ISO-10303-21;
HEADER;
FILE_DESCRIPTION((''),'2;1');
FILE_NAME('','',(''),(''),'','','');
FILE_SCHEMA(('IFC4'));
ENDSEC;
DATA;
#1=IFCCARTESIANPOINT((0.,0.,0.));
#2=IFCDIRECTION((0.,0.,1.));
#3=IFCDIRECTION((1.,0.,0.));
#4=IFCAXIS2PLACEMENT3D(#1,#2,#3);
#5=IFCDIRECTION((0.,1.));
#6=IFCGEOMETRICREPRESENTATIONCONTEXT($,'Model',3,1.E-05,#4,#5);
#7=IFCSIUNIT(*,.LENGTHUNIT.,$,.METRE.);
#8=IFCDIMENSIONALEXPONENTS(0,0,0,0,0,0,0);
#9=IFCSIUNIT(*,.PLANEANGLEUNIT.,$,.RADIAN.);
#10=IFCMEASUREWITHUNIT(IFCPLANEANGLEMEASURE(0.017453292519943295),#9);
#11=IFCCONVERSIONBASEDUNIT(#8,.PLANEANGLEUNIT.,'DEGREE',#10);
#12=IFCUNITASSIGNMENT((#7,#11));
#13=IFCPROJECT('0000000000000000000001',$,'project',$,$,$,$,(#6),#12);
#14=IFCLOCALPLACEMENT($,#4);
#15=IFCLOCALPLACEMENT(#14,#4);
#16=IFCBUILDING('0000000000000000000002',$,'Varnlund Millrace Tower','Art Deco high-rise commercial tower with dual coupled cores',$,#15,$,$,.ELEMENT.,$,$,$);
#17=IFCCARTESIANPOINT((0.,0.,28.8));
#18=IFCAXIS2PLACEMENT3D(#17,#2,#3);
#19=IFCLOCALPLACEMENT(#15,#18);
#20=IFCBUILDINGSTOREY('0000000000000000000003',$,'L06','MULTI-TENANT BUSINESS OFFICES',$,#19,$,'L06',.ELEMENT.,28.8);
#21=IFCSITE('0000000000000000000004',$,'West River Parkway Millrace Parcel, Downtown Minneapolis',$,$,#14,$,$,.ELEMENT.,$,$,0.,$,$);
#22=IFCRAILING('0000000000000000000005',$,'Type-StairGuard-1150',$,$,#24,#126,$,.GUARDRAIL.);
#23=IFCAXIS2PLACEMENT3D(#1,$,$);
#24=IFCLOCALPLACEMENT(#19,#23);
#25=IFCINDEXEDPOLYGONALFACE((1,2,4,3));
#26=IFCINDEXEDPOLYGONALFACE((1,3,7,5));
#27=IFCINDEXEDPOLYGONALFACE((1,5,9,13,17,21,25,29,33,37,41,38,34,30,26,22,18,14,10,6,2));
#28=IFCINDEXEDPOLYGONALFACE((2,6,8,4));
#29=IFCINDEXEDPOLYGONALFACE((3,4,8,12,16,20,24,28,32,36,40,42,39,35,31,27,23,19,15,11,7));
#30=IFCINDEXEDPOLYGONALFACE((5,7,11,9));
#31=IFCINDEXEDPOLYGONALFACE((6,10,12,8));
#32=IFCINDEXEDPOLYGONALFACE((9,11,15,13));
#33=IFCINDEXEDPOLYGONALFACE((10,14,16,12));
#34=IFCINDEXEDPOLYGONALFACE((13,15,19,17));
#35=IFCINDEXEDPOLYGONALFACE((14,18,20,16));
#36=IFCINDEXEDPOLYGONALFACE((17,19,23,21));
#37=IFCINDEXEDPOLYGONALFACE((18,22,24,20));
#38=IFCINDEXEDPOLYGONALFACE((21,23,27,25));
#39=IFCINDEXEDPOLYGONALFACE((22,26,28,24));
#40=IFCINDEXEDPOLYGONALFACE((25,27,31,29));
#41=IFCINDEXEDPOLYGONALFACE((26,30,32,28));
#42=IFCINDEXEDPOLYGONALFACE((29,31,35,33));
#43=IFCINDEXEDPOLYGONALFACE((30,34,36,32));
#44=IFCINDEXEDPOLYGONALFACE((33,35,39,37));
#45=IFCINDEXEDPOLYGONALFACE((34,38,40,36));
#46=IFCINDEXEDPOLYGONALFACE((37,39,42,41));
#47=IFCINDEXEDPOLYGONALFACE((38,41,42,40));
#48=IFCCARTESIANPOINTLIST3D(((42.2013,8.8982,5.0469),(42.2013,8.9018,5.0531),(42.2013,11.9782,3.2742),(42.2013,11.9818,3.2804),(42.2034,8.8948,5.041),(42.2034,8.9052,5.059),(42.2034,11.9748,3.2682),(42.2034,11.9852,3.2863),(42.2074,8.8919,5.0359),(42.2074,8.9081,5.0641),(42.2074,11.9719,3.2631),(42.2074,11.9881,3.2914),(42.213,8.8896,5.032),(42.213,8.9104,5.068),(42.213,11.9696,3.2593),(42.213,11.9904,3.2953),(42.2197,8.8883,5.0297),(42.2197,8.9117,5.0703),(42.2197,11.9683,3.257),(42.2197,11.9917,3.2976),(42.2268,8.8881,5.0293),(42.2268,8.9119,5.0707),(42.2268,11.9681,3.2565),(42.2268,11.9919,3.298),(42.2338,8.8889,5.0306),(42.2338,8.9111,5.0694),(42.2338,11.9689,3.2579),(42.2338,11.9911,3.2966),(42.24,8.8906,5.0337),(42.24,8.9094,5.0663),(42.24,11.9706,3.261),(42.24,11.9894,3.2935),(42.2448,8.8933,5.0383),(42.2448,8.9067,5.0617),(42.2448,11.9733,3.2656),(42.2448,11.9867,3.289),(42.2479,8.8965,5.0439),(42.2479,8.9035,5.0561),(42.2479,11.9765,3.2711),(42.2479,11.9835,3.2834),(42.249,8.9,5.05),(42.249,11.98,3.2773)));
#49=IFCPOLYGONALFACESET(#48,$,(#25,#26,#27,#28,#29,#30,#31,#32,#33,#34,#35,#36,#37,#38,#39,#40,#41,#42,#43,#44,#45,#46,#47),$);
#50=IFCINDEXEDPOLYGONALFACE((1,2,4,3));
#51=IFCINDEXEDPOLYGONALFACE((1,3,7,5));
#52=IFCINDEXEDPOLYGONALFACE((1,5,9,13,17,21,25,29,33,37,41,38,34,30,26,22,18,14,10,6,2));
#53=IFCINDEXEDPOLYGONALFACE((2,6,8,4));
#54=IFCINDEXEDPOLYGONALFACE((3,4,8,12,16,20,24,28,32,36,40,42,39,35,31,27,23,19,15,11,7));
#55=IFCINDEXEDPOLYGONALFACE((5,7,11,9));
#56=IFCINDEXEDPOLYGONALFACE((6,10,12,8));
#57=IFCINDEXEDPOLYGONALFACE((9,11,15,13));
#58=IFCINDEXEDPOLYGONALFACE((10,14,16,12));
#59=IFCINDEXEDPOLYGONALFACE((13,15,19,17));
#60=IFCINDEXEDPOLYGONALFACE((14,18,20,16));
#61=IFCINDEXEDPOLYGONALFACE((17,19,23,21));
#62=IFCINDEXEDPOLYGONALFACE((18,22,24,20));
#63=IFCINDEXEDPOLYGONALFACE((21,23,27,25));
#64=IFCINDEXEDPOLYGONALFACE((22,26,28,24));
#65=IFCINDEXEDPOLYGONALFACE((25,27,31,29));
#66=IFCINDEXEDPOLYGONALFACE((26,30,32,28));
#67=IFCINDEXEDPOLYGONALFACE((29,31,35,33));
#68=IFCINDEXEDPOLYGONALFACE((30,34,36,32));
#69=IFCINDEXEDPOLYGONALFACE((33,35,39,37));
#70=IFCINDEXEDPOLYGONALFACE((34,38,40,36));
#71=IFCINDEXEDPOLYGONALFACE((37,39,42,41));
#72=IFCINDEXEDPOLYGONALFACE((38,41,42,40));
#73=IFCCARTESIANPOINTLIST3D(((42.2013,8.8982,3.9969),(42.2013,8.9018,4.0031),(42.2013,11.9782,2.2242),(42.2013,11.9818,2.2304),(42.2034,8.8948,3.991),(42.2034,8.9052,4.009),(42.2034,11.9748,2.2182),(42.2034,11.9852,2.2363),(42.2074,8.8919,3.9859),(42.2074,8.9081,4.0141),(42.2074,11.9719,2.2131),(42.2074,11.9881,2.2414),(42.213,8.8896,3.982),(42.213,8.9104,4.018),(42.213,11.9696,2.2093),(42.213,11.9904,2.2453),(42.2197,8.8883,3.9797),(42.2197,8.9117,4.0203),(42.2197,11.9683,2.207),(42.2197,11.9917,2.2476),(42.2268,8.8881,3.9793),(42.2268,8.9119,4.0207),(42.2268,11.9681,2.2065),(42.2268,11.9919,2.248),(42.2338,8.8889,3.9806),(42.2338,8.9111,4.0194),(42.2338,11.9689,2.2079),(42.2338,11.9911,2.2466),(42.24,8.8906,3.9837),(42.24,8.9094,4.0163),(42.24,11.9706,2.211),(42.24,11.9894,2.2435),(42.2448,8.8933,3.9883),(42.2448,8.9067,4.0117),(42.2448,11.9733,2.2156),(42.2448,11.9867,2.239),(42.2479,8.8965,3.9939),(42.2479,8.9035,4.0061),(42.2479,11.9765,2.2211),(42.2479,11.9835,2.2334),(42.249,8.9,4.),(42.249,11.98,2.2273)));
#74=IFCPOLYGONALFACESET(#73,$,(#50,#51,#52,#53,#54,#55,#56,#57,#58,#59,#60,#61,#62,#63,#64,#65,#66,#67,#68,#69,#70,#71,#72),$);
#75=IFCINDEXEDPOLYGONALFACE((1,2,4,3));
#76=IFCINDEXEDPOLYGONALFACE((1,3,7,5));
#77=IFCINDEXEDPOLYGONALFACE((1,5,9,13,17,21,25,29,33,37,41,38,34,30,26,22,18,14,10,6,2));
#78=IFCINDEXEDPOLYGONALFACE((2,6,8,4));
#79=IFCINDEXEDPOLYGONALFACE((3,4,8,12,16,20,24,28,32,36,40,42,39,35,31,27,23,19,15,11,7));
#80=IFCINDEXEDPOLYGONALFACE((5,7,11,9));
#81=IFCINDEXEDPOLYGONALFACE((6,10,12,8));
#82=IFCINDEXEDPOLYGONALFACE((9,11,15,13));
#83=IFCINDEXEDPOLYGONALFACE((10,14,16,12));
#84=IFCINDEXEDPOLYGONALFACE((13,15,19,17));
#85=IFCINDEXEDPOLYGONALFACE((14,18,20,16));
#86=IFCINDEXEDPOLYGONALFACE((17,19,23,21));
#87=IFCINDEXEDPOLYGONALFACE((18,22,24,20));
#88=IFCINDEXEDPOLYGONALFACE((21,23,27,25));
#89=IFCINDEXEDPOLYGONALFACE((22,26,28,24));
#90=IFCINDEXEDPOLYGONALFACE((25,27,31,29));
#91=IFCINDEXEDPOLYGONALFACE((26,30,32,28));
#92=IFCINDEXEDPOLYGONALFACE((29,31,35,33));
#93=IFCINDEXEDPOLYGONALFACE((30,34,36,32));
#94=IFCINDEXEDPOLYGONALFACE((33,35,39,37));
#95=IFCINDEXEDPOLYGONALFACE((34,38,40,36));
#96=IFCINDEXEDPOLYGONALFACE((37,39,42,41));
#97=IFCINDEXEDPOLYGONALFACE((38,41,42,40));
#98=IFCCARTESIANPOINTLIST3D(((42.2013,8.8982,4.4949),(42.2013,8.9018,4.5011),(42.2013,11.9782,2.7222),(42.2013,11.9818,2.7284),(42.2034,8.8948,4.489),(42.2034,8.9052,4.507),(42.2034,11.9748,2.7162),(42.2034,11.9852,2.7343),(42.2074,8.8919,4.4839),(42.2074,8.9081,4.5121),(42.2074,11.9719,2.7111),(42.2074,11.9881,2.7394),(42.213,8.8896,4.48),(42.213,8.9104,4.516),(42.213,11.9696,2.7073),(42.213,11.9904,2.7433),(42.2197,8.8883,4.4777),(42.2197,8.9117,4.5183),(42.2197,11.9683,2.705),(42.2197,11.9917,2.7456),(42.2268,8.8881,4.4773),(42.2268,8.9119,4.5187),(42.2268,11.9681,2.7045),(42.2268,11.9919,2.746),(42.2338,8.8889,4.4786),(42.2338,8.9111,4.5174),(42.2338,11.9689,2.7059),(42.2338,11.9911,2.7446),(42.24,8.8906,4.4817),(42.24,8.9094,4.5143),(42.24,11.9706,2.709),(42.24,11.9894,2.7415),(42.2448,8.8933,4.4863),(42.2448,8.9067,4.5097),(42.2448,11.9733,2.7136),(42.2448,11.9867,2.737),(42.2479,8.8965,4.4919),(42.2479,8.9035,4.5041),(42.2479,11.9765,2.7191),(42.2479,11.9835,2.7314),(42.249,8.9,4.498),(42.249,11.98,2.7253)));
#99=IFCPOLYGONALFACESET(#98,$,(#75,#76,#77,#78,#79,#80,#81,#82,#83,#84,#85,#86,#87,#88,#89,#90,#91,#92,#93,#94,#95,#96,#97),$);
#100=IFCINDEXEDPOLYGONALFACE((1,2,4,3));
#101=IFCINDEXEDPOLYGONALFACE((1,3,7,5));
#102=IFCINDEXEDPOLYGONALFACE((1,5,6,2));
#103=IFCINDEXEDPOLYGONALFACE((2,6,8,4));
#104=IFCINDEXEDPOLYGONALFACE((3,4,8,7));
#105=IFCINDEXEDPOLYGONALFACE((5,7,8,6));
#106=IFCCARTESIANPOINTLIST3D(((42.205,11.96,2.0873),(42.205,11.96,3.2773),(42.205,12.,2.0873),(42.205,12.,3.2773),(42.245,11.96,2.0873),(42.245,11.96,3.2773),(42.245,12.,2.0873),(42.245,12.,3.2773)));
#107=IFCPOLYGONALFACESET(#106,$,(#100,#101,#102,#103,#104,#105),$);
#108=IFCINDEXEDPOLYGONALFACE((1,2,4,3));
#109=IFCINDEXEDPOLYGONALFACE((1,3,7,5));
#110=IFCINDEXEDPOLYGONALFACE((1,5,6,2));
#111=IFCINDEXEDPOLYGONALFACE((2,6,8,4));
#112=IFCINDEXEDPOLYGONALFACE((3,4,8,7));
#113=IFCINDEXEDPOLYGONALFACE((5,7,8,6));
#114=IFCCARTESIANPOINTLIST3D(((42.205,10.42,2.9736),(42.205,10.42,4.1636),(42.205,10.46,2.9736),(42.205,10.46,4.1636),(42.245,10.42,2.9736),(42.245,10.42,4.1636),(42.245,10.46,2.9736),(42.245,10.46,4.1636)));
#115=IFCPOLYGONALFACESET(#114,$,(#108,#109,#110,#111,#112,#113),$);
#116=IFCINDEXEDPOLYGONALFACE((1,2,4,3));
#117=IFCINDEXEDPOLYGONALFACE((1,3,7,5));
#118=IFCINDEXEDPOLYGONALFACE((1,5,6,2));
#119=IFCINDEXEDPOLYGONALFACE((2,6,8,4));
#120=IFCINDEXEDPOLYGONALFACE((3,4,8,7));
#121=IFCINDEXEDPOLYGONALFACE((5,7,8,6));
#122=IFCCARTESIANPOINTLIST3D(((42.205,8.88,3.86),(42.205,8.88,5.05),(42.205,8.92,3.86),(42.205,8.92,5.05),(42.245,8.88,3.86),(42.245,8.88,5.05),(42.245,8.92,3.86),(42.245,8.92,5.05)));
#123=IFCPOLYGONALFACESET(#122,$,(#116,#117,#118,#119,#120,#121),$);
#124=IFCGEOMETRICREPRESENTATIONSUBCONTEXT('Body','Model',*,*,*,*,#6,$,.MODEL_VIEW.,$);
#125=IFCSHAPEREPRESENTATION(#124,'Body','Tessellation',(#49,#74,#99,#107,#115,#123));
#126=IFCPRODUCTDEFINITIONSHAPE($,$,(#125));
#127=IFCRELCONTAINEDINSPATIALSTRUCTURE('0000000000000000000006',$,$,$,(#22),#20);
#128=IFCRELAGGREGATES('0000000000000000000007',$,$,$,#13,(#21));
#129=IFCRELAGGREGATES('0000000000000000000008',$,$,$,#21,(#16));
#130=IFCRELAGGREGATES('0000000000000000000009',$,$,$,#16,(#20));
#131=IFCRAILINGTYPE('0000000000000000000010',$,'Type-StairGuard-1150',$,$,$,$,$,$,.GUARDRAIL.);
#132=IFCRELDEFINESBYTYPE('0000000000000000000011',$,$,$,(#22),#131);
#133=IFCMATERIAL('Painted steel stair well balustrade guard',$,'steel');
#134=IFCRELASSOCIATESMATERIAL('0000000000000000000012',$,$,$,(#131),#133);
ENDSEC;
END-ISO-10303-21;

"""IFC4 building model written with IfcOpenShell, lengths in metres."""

from ifc_helpers import new_model, entity, si_unit, converted_unit, direction, frame, origin_with_axes, origin_2d_with_axis, place, context, subcontext, project, spatial, rectangle, circle, extrude, material, type_object, element, save


model = new_model("IFC4")

# Units and contexts
model_context = context("Model", 3, precision=1e-05, world=origin_with_axes(), true_north=direction((0.0, 1.0)))
body_context = subcontext(model_context, "Body", "Model", "MODEL_VIEW")
ifc_project = project(units=[si_unit("LENGTHUNIT", "METRE"), converted_unit("PLANEANGLEUNIT", "DEGREE", entity("IfcPlaneAngleMeasure", 0.017453292519943295), si_unit("PLANEANGLEUNIT", "RADIAN"), dimensions=[0, 0, 0, 0, 0, 0, 0])], contexts=[model_context])

# Site, building, storey
site_placement = place(None, origin_with_axes())
site = spatial("IfcSite", under=ifc_project, at=site_placement, Name="West River Parkway Millrace Parcel, Downtown Minneapolis", CompositionType="ELEMENT", RefElevation=0.0)
building_placement = place(site_placement, origin_with_axes())
building = spatial("IfcBuilding", under=site, at=building_placement, Name="Varnlund Millrace Tower", Description="Art Deco high-rise commercial tower with dual coupled cores", CompositionType="ELEMENT")
storey_placement = place(building_placement, frame((0.0, 0.0, 28.8), z_axis=(0.0, 0.0, 1.0), x_axis=(1.0, 0.0, 0.0)))
storey = spatial("IfcBuildingStorey", under=building, at=storey_placement, Name="L06", Description="MULTI-TENANT BUSINESS OFFICES", LongName="L06", CompositionType="ELEMENT", Elevation=28.8)

# Railing
ifc_material_1 = material(Name="Painted steel stair well balustrade guard", Category="steel")
railing_type_1 = type_object("IfcRailingType", Name="Type-StairGuard-1150", PredefinedType="GUARDRAIL", material=ifc_material_1)
railing_1_placement = place(storey_placement, frame((0.0, 0.0, -28.8), z_axis=(0.0, 0.0, 1.0), x_axis=(1.0, 0.0, 0.0)))
element("IfcRailing", 1, at=railing_1_placement, inside=storey, type_object=railing_type_1, Name="Type-StairGuard-1150", PredefinedType="GUARDRAIL", context=body_context, shape_type="SweptSolid", body=[
    extrude(circle(Radius=0.024, at=origin_2d_with_axis()), frame((42.225, 11.98, 32.0773), z_axis=(0.0, -0.866696, 0.498836), x_axis=(1.0, 0.0, 0.0)), (0.0, 0.0, 1.0), 3.5537),
    extrude(circle(Radius=0.024, at=origin_2d_with_axis()), frame((42.225, 11.98, 31.0273), z_axis=(0.0, -0.866696, 0.498836), x_axis=(1.0, 0.0, 0.0)), (0.0, 0.0, 1.0), 3.5537),
    extrude(circle(Radius=0.024, at=origin_2d_with_axis()), frame((42.225, 11.98, 31.5253), z_axis=(0.0, -0.866696, 0.498836), x_axis=(1.0, 0.0, 0.0)), (0.0, 0.0, 1.0), 3.5537),
    extrude(rectangle(XDim=0.04, YDim=0.04, at=origin_2d_with_axis()), frame((42.225, 11.98, 30.8873), z_axis=(0.0, 0.0, 1.0), x_axis=(1.0, 0.0, 0.0)), (0.0, 0.0, 1.0), 1.19),
    extrude(rectangle(XDim=0.04, YDim=0.04, at=origin_2d_with_axis()), frame((42.225, 10.44, 31.7736), z_axis=(0.0, 0.0, 1.0), x_axis=(1.0, 0.0, 0.0)), (0.0, 0.0, 1.0), 1.19),
    extrude(rectangle(XDim=0.04, YDim=0.04, at=origin_2d_with_axis()), frame((42.225, 8.9, 32.66), z_axis=(0.0, 0.0, 1.0), x_axis=(1.0, 0.0, 0.0)), (0.0, 0.0, 1.0), 1.19),
])

save(model, "model.ifc")
